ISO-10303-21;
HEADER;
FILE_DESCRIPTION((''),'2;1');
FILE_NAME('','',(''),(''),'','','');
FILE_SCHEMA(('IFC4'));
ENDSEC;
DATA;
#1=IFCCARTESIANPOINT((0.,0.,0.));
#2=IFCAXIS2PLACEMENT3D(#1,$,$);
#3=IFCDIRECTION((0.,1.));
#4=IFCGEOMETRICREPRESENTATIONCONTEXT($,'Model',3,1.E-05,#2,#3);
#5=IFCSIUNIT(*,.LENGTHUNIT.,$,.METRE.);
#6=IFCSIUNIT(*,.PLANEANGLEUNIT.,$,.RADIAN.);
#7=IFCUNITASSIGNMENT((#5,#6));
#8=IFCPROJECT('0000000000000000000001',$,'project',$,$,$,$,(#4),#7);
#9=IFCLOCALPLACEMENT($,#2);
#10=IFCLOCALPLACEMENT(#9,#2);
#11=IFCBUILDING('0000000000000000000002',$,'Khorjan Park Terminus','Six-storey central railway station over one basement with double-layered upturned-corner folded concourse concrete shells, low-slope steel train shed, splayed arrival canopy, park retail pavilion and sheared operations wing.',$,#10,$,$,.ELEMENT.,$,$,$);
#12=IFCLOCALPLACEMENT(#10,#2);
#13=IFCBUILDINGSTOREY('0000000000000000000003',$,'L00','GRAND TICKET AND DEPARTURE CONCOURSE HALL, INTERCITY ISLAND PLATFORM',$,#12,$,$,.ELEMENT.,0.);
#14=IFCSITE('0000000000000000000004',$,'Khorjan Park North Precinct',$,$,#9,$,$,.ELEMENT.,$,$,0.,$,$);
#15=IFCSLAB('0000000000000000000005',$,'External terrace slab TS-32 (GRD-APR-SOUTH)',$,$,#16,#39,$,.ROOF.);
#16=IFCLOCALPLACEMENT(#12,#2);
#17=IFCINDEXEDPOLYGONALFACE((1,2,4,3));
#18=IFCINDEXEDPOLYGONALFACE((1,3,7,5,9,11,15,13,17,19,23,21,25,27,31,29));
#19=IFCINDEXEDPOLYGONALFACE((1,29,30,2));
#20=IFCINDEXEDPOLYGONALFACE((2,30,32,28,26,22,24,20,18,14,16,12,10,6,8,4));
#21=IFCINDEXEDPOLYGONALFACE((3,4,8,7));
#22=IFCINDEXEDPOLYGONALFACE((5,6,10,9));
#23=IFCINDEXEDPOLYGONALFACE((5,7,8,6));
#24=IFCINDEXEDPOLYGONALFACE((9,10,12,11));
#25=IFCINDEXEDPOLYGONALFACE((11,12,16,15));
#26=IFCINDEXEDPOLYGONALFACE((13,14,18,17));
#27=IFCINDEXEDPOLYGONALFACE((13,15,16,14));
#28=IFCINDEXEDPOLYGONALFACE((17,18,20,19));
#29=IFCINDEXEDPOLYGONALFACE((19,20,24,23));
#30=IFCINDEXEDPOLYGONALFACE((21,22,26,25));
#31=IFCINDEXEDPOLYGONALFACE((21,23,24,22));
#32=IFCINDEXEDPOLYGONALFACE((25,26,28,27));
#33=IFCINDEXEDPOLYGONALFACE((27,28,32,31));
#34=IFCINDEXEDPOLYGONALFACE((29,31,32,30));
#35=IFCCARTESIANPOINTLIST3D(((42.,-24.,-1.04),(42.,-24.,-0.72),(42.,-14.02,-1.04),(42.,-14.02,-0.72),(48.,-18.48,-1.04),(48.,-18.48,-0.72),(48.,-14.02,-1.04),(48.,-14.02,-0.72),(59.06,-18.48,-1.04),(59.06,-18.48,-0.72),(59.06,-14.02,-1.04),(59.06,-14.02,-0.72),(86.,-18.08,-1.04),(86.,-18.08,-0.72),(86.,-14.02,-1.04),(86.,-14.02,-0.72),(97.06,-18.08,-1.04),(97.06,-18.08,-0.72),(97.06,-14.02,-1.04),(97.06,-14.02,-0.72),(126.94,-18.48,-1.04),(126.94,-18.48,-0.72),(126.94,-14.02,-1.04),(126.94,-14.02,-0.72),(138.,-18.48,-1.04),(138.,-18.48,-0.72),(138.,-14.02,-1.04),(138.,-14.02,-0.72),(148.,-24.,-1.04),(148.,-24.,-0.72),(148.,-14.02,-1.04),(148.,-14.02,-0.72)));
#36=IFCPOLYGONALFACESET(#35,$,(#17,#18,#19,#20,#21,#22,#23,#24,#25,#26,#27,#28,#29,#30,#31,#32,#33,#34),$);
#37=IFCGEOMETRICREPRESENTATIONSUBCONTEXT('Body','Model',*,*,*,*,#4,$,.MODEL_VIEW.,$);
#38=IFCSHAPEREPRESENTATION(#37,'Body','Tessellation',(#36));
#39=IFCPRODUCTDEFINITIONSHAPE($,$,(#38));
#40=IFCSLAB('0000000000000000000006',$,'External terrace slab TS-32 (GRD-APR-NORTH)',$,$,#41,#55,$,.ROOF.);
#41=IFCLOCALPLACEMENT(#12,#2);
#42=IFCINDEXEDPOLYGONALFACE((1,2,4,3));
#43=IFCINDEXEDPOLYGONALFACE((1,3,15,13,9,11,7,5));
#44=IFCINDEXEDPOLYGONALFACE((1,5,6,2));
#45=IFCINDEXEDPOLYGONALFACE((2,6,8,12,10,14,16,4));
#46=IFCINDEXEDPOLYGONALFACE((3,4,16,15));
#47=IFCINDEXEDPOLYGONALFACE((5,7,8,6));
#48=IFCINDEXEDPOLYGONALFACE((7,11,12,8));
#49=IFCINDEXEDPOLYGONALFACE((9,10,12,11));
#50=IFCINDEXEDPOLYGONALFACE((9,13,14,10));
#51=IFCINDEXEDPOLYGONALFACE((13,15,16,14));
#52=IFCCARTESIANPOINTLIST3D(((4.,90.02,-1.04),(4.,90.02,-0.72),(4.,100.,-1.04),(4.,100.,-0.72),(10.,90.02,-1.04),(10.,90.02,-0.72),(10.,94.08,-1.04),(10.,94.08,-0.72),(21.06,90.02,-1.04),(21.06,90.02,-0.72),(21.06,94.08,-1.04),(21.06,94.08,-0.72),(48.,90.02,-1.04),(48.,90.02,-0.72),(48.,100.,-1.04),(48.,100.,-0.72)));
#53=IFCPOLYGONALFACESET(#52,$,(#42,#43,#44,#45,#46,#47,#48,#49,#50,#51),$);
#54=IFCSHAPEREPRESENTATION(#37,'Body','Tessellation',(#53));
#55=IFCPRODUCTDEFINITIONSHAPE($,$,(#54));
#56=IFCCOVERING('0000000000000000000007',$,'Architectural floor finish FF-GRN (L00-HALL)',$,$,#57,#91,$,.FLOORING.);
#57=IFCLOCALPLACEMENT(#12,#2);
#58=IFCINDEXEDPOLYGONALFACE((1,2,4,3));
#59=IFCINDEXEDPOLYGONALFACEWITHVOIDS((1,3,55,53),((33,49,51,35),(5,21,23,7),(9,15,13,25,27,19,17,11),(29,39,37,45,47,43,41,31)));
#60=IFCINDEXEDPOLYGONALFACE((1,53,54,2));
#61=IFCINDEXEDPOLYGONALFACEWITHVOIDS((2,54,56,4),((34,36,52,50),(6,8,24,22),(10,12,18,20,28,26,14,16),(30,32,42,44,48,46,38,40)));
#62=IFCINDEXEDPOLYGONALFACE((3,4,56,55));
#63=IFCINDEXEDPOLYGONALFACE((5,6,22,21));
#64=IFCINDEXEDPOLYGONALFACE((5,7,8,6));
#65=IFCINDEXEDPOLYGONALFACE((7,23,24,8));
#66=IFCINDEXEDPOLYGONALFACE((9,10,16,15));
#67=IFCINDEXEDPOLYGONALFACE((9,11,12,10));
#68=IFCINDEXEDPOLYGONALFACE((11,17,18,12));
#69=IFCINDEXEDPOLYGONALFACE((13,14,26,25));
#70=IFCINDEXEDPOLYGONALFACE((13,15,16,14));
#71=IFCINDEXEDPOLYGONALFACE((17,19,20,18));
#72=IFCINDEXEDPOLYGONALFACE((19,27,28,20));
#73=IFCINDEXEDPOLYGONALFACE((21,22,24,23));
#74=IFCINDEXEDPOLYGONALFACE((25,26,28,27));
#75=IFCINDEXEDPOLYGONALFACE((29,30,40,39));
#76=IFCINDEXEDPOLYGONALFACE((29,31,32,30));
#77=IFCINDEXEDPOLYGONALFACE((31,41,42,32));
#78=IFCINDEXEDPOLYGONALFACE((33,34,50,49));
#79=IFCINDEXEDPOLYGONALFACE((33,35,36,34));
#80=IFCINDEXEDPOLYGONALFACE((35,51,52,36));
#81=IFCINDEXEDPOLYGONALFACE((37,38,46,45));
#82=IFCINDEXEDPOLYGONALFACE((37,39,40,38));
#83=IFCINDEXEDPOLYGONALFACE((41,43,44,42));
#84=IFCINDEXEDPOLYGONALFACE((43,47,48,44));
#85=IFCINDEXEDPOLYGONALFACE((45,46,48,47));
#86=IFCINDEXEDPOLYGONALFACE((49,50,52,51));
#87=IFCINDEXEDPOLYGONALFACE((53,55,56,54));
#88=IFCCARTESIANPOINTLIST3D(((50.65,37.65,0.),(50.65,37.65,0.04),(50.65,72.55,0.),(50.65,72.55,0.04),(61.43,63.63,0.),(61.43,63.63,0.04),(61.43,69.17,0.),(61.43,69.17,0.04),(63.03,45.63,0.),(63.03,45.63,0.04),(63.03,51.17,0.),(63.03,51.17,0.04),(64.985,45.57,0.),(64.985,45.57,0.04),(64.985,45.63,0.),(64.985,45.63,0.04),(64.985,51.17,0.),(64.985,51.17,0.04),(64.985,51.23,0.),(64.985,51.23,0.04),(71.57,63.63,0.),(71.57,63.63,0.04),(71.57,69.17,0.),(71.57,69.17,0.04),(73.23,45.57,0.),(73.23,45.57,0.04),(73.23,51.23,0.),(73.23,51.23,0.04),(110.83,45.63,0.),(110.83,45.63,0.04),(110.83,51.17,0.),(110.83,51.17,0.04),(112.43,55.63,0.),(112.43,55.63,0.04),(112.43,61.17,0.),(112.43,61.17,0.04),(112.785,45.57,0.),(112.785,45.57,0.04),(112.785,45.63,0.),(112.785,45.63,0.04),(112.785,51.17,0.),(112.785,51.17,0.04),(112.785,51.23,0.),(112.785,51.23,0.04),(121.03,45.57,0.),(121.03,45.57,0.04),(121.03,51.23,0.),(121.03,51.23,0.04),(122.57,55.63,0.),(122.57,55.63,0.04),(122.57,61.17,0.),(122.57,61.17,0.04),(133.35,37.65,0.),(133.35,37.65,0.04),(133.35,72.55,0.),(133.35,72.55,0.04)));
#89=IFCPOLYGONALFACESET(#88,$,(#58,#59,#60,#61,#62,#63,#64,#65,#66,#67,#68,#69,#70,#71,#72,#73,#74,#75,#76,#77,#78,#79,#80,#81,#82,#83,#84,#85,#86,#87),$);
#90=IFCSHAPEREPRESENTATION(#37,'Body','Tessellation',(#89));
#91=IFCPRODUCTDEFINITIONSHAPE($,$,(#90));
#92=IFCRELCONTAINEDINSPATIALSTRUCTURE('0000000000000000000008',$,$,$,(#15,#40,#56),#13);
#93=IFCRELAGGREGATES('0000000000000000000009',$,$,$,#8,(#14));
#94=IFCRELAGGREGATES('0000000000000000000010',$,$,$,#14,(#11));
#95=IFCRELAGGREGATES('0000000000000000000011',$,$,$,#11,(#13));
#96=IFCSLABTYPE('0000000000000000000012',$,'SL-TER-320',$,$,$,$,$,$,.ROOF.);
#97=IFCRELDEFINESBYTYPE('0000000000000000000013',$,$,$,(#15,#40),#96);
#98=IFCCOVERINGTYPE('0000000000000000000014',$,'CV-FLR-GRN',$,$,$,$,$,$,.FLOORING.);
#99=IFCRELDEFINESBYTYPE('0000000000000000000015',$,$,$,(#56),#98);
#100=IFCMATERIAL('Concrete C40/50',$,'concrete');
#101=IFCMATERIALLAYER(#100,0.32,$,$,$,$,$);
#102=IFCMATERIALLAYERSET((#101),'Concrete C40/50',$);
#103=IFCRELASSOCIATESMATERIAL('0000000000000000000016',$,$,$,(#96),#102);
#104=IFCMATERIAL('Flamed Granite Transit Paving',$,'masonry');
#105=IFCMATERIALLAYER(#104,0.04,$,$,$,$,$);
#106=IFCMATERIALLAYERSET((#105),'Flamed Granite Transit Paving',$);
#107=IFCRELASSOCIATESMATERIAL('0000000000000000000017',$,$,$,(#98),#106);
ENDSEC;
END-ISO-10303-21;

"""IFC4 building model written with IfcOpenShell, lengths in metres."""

from ifc_helpers import new_model, si_unit, direction, frame, origin, place, context, subcontext, project, spatial, polyline, outline, extrude, material, layer, layer_set, type_object, element, save


model = new_model("IFC4")

# Units and contexts
model_context = context("Model", 3, precision=1e-05, world=origin(), true_north=direction((0.0, 1.0)))
body_context = subcontext(model_context, "Body", "Model", "MODEL_VIEW")
ifc_project = project(units=[si_unit("LENGTHUNIT", "METRE"), si_unit("PLANEANGLEUNIT", "RADIAN")], contexts=[model_context])

# Site, building, storey
site_placement = place(None, origin())
site = spatial("IfcSite", under=ifc_project, at=site_placement, Name="Khorjan Park North Precinct", CompositionType="ELEMENT", RefElevation=0.0)
building_placement = place(site_placement, origin())
building = spatial("IfcBuilding", under=site, at=building_placement, Name="Khorjan Park Terminus", Description="Six-storey central railway station over one basement with double-layered upturned-corner folded concourse concrete shells, low-slope steel train shed, splayed arrival canopy, park retail pavilion and sheared operations wing.", CompositionType="ELEMENT")
storey_placement = place(building_placement, origin())
storey = spatial("IfcBuildingStorey", under=building, at=storey_placement, Name="L00", Description="GRAND TICKET AND DEPARTURE CONCOURSE HALL, INTERCITY ISLAND PLATFORM", CompositionType="ELEMENT", Elevation=0.0)

# Shared definitions
ifc_material_1 = material(Name="Concrete C40/50", Category="concrete")

# Slabs
ifc_layer_1 = layer(ifc_material_1, 0.32)
ifc_layer_set_1 = layer_set([ifc_layer_1], Name="Concrete C40/50")
slab_type_1 = type_object("IfcSlabType", Name="SL-TER-320", PredefinedType="ROOF", material=ifc_layer_set_1)
slab_1_placement = place(storey_placement, frame((0.0, 0.0, -1.04)))
element("IfcSlab", 1, at=slab_1_placement, inside=storey, type_object=slab_type_1, Name="External terrace slab TS-32 (GRD-APR-SOUTH)", PredefinedType="ROOF", context=body_context, shape_type="SweptSolid", body=[
    extrude(outline(polyline([(148.0, -14.02), (148.0, -24.0), (42.0, -24.0), (42.0, -14.02), (48.0, -14.02), (48.0, -18.48), (59.06, -18.48), (59.06, -14.02), (86.0, -14.02), (86.0, -18.08), (97.06, -18.08), (97.06, -14.02), (126.94, -14.02), (126.94, -18.48), (138.0, -18.48), (138.0, -14.02), (148.0, -14.02)])), origin(), (0.0, 0.0, 1.0), 0.32),
])
slab_2_placement = place(storey_placement, frame((0.0, 0.0, -1.04)))
element("IfcSlab", 2, at=slab_2_placement, inside=storey, type_object=slab_type_1, Name="External terrace slab TS-32 (GRD-APR-NORTH)", PredefinedType="ROOF", context=body_context, shape_type="SweptSolid", body=[
    extrude(outline(polyline([(4.0, 90.02), (4.0, 100.0), (48.0, 100.0), (48.0, 90.02), (21.06, 90.02), (21.06, 94.08), (10.0, 94.08), (10.0, 90.02), (4.0, 90.02)])), origin(), (0.0, 0.0, 1.0), 0.32),
])

# Covering
ifc_material_2 = material(Name="Flamed Granite Transit Paving", Category="masonry")
ifc_layer_2 = layer(ifc_material_2, 0.04)
ifc_layer_set_2 = layer_set([ifc_layer_2], Name="Flamed Granite Transit Paving")
covering_type = type_object("IfcCoveringType", Name="CV-FLR-GRN", PredefinedType="FLOORING", material=ifc_layer_set_2)
covering_placement = place(storey_placement, origin())
element("IfcCovering", 3, at=covering_placement, inside=storey, type_object=covering_type, Name="Architectural floor finish FF-GRN (L00-HALL)", PredefinedType="FLOORING", context=body_context, shape_type="SweptSolid", body=[
    extrude(outline(polyline([(133.35, 72.55), (133.35, 37.65), (50.65, 37.65), (50.65, 72.55), (133.35, 72.55)]), holes=[polyline([(112.43, 55.63), (122.57, 55.63), (122.57, 61.17), (112.43, 61.17), (112.43, 55.63)]), polyline([(121.03, 45.57), (121.03, 51.23), (112.785, 51.23), (112.785, 51.17), (110.83, 51.17), (110.83, 45.63), (112.785, 45.63), (112.785, 45.57), (121.03, 45.57)]), polyline([(73.23, 45.57), (73.23, 51.23), (64.985, 51.23), (64.985, 51.17), (63.03, 51.17), (63.03, 45.63), (64.985, 45.63), (64.985, 45.57), (73.23, 45.57)]), polyline([(71.57, 63.63), (71.57, 69.17), (61.43, 69.17), (61.43, 63.63), (71.57, 63.63)])]), origin(), (0.0, 0.0, 1.0), 0.04),
])

save(model, "model.ifc")
